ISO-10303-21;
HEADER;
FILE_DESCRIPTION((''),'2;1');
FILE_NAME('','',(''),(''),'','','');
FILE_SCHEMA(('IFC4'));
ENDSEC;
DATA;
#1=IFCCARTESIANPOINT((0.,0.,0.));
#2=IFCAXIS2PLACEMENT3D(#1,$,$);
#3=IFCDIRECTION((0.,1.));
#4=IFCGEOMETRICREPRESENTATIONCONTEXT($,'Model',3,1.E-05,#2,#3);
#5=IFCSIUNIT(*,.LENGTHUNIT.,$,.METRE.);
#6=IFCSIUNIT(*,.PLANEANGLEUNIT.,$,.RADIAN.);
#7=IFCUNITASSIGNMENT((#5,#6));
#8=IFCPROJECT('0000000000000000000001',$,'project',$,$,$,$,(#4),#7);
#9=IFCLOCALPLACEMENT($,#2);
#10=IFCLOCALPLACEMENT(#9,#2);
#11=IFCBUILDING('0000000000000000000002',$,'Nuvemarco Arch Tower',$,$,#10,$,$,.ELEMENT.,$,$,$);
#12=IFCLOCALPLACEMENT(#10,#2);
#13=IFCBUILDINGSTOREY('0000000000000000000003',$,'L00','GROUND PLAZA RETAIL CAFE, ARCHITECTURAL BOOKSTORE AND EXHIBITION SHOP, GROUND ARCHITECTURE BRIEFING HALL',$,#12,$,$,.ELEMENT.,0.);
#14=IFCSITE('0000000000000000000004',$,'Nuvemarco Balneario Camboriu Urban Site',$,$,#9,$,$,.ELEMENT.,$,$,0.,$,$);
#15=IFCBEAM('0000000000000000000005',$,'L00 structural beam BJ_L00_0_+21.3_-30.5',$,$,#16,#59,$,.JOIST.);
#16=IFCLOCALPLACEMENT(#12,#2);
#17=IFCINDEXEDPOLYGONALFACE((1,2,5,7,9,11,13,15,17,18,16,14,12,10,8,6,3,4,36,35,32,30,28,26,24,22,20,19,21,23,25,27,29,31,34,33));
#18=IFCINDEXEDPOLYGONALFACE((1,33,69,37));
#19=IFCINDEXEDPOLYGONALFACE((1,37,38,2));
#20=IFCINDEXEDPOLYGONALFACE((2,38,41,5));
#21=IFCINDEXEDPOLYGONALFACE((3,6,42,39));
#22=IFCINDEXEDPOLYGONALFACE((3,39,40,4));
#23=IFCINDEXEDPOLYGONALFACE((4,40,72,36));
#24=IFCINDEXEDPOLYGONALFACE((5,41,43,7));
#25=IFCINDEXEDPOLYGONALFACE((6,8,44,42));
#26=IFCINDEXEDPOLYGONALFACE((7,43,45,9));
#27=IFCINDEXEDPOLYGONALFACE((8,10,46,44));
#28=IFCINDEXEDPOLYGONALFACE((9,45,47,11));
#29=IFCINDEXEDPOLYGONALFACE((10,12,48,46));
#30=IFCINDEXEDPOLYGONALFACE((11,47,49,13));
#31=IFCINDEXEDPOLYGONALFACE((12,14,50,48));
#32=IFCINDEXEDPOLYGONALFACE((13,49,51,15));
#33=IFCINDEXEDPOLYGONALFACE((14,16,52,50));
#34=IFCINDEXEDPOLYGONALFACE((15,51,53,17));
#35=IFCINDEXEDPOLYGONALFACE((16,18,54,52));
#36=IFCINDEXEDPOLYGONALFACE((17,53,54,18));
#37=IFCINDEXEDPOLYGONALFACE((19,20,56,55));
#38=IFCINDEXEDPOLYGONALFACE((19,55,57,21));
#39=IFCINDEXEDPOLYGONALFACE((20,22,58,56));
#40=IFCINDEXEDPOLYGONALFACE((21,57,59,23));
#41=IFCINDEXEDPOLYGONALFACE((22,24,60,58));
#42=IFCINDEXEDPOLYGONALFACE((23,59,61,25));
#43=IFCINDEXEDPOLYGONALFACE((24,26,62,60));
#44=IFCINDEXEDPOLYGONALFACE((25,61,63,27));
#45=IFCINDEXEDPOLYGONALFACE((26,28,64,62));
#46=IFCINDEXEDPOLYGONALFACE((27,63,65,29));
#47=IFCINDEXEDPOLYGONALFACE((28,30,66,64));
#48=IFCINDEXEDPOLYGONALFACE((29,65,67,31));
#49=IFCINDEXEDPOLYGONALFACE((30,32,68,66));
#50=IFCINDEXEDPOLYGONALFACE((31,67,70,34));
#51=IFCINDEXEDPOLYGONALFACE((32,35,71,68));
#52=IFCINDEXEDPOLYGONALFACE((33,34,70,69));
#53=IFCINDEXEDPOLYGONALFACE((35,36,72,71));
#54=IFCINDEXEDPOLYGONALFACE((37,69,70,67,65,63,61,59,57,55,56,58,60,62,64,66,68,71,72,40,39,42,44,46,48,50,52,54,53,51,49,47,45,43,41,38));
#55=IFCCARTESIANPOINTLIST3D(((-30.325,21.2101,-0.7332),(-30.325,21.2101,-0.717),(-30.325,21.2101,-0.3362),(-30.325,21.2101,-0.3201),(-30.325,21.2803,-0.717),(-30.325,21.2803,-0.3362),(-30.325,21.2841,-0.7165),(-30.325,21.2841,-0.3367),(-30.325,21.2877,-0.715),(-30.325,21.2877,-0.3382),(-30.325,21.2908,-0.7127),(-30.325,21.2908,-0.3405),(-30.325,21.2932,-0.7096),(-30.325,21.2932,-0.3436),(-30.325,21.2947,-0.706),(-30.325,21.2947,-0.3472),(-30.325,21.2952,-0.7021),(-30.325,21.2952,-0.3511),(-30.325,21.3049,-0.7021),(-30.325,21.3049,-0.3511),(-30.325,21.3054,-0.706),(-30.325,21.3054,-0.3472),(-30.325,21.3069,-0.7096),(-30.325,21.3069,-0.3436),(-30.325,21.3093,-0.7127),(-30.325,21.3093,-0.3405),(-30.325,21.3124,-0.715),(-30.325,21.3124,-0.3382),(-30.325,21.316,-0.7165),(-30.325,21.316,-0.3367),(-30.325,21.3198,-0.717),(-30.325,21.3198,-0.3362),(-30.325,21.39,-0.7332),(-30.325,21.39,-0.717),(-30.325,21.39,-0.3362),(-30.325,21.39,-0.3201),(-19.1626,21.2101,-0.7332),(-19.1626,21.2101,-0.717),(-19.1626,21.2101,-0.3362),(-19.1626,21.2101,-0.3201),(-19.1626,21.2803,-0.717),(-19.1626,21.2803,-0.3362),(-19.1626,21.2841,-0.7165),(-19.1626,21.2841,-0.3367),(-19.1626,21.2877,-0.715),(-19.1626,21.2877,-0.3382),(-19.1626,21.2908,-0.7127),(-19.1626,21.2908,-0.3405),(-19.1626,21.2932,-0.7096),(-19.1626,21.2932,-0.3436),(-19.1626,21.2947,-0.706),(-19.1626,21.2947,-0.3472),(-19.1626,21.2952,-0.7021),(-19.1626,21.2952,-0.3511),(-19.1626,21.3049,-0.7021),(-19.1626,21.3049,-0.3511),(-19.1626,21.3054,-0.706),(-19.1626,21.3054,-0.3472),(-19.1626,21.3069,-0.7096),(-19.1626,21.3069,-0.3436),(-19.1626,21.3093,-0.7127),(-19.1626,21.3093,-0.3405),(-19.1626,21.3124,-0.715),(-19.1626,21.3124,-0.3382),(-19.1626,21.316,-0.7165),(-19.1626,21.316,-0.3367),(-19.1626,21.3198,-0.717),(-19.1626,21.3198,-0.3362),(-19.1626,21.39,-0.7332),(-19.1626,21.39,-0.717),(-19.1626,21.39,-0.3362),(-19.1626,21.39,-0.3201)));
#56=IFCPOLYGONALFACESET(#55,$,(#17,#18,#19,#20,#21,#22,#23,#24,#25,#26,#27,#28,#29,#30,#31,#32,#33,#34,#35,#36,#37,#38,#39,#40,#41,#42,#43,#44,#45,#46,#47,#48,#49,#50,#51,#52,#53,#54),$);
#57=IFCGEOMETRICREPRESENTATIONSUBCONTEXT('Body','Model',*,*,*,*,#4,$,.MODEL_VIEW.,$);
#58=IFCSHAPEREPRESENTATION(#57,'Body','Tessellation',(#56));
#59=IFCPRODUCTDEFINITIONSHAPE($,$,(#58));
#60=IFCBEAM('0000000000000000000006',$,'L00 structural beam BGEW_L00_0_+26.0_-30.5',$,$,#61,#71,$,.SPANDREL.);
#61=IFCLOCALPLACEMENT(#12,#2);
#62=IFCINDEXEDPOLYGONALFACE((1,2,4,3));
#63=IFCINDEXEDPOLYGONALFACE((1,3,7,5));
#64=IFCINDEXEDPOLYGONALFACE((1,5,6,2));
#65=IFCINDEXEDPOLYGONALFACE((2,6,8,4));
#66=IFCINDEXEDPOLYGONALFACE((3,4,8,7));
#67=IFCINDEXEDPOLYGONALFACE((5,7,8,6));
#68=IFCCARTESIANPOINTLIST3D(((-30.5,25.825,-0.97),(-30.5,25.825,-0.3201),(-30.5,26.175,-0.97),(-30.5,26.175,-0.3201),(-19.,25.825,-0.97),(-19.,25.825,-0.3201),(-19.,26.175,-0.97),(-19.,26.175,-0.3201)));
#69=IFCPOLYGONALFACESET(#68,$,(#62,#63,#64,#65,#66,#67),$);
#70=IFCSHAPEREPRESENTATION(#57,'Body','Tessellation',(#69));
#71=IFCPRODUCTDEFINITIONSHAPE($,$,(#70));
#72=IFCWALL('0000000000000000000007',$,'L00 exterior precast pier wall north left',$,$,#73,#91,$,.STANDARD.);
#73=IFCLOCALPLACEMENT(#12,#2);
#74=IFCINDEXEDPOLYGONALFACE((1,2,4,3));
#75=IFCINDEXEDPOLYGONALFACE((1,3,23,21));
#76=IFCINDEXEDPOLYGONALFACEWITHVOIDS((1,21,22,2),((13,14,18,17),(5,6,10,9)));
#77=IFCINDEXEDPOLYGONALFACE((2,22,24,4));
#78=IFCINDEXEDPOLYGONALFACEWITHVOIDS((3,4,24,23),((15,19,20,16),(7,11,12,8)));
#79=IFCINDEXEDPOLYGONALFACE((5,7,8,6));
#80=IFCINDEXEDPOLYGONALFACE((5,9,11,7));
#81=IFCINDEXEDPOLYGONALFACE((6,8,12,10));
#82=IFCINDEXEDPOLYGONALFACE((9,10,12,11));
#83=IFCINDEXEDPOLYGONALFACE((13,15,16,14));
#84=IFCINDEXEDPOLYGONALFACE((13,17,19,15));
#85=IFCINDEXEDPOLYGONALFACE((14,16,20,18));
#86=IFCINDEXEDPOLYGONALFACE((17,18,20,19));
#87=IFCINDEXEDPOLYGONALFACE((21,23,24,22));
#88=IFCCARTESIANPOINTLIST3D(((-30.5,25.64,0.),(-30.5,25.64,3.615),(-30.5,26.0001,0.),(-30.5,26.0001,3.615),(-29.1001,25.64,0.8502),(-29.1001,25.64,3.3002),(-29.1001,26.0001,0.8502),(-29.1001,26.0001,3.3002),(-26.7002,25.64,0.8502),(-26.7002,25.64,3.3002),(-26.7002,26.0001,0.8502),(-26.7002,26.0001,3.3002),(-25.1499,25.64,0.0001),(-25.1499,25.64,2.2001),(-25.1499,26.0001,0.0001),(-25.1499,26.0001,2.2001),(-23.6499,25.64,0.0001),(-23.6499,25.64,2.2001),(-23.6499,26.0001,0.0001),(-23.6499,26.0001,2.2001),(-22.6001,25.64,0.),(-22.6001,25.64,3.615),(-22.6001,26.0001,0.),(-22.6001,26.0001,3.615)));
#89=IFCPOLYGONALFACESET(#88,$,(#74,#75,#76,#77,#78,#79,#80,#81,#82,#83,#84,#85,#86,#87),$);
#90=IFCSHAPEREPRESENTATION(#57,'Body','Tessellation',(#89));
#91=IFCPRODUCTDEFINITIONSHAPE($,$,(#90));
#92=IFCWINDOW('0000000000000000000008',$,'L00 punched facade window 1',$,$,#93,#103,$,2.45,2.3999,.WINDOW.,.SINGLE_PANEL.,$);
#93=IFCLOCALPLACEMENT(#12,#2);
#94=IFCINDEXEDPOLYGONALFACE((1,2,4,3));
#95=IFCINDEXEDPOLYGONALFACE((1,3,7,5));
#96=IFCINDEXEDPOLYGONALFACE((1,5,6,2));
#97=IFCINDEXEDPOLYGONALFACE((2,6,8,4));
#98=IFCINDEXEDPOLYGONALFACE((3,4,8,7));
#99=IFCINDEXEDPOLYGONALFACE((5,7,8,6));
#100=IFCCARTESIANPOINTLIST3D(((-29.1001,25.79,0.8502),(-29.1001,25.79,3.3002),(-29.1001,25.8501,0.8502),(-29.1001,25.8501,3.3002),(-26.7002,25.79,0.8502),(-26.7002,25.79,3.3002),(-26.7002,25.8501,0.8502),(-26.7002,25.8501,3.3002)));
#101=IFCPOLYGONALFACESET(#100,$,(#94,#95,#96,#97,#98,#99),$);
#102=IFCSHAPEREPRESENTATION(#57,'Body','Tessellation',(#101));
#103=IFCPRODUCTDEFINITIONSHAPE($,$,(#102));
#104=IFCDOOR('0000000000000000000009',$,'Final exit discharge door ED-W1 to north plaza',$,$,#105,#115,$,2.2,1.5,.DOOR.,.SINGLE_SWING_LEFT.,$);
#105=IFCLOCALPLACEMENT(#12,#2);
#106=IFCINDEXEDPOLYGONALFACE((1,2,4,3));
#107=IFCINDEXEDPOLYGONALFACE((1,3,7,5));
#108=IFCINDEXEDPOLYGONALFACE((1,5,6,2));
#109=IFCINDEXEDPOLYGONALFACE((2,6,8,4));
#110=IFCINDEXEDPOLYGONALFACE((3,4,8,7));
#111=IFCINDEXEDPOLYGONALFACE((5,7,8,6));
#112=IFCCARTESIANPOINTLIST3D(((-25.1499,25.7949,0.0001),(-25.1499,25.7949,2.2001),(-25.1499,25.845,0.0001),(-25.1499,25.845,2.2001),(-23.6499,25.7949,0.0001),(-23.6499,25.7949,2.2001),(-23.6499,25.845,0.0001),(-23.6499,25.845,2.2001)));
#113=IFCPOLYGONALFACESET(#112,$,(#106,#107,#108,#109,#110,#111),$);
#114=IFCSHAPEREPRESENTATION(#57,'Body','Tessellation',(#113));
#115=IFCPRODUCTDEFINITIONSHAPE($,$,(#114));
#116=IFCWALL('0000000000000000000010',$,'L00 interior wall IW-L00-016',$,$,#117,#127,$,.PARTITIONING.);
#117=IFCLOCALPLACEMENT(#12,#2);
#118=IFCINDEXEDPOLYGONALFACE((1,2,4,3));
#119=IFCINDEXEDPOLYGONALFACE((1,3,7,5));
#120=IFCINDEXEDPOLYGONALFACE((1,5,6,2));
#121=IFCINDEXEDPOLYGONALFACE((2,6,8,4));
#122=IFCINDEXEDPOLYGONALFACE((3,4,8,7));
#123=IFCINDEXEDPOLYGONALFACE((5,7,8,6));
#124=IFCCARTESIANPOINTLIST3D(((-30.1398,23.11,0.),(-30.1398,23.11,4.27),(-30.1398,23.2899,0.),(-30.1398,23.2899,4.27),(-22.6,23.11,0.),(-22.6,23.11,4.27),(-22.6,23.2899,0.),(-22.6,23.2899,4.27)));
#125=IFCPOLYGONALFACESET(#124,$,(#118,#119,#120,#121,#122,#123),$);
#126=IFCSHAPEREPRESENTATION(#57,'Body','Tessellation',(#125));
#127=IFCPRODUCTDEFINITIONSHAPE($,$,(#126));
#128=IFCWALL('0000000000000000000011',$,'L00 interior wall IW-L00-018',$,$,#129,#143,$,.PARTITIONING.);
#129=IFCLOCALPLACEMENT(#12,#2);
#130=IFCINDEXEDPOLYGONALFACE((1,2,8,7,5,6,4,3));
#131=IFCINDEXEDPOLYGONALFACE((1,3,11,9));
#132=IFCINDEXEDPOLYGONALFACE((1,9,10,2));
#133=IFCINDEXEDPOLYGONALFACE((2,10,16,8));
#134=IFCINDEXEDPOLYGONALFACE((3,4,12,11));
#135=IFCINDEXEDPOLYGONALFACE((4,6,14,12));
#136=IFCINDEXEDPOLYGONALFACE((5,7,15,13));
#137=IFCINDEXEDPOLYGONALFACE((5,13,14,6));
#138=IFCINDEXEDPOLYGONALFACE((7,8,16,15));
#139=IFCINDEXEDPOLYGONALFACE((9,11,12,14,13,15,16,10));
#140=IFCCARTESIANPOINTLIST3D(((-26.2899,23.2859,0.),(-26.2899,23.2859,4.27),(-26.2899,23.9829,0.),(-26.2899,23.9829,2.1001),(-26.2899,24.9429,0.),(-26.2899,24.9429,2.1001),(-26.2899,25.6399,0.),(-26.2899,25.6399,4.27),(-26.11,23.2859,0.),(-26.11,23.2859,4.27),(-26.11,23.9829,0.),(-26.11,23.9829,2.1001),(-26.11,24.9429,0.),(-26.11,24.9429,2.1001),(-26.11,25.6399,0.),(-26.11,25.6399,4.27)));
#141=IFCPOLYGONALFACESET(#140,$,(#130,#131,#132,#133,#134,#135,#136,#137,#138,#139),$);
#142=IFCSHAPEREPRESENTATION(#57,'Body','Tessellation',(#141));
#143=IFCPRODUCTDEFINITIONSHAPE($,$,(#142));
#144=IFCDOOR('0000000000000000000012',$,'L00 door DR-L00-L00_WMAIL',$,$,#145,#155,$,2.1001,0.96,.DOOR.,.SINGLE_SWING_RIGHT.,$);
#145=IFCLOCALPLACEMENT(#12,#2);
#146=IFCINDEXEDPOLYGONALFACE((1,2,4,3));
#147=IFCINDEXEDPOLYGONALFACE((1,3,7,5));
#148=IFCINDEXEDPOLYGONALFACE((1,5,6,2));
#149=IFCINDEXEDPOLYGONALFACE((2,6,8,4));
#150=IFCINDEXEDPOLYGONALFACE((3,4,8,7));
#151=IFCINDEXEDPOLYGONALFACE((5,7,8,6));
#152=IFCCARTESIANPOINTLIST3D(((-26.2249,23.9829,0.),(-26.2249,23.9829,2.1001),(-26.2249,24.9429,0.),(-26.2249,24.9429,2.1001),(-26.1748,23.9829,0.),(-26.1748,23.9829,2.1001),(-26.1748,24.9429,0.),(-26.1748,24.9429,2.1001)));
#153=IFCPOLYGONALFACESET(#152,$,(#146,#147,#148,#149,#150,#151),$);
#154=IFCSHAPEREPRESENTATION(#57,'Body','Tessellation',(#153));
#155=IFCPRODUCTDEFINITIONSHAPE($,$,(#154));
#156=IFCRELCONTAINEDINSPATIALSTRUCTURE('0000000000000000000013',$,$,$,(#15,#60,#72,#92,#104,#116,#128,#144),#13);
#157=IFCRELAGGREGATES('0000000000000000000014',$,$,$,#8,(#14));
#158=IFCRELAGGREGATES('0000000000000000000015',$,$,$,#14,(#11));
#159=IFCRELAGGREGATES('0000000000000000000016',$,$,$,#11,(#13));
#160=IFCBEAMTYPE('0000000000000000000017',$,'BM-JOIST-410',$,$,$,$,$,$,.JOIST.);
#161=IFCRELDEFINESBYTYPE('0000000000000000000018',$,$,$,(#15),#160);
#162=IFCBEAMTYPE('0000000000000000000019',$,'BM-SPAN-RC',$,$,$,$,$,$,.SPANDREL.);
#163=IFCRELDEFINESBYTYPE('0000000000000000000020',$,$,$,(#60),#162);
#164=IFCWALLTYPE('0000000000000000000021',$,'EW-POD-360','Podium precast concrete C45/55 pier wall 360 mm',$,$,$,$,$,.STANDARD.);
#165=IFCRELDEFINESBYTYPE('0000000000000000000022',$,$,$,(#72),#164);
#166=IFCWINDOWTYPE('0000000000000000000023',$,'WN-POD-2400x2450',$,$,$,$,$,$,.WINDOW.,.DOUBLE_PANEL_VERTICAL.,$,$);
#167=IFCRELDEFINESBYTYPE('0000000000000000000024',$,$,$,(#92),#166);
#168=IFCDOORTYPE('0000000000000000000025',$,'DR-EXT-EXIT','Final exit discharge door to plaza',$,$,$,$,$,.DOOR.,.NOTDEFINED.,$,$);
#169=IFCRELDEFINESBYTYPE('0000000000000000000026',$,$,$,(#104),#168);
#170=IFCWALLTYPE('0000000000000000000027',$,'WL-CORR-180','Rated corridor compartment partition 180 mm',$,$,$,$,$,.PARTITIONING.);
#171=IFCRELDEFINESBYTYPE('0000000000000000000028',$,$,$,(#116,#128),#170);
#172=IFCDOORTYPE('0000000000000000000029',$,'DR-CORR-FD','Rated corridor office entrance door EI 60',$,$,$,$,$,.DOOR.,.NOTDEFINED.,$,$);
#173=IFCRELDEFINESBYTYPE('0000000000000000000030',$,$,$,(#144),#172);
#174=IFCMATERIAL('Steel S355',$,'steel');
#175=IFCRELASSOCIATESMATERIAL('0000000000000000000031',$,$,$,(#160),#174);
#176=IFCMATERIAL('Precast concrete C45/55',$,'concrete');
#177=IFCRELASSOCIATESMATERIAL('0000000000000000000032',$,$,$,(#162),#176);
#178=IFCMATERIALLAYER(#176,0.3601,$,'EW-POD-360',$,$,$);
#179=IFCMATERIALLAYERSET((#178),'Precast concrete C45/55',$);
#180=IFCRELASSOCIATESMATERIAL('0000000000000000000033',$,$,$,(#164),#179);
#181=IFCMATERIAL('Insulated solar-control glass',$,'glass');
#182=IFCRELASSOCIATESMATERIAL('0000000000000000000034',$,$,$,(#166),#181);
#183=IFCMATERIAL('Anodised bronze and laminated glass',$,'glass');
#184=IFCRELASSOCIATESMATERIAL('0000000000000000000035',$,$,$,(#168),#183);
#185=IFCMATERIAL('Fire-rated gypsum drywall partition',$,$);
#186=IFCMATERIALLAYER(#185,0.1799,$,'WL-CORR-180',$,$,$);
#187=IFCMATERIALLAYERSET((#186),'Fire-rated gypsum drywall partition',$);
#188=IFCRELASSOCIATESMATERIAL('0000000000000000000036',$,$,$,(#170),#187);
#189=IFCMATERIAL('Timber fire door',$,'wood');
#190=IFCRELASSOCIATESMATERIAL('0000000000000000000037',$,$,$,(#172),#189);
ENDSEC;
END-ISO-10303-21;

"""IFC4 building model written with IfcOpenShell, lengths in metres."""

from ifc_helpers import new_model, si_unit, direction, frame, frame_2d, origin, origin_2d, place, context, subcontext, project, spatial, rectangle, i_section, extrude, source, transform, mapped, material, layer, layer_set, material_profile, profile_set, type_object, type_shapes, element, fill, save


model = new_model("IFC4")

# Units and contexts
model_context = context("Model", 3, precision=1e-05, world=origin(), true_north=direction((0.0, 1.0)))
body_context = subcontext(model_context, "Body", "Model", "MODEL_VIEW")
ifc_project = project(units=[si_unit("LENGTHUNIT", "METRE"), si_unit("PLANEANGLEUNIT", "RADIAN")], contexts=[model_context])

# Site, building, storey
site_placement = place(None, origin())
site = spatial("IfcSite", under=ifc_project, at=site_placement, Name="Nuvemarco Balneario Camboriu Urban Site", CompositionType="ELEMENT", RefElevation=0.0)
building_placement = place(site_placement, origin())
building = spatial("IfcBuilding", under=site, at=building_placement, Name="Nuvemarco Arch Tower", CompositionType="ELEMENT")
storey_placement = place(building_placement, origin())
storey = spatial("IfcBuildingStorey", under=building, at=storey_placement, Name="L00", Description="GROUND PLAZA RETAIL CAFE, ARCHITECTURAL BOOKSTORE AND EXHIBITION SHOP, GROUND ARCHITECTURE BRIEFING HALL", CompositionType="ELEMENT", Elevation=0.0)

# Beams
ifc_material_1 = material(Name="Steel S355", Category="steel")
ifc_material_profile_1 = material_profile(ifc_material_1, i_section(OverallWidth=0.1799, OverallDepth=0.4131, WebThickness=0.0098, FlangeThickness=0.0161, FilletRadius=0.0149, at=origin_2d()), Name="W410x75")
ifc_profile_set_1 = profile_set([ifc_material_profile_1], Name="Steel S355")
beam_type_1 = type_object("IfcBeamType", Name="BM-JOIST-410", PredefinedType="JOIST", material=ifc_profile_set_1)
beam_1_placement = place(storey_placement, frame((-30.325, 21.3, -0.5266), z_axis=(1.0, 0.0, 0.0), x_axis=(0.0, 1.0, 0.0)))
element("IfcBeam", 1, at=beam_1_placement, inside=storey, type_object=beam_type_1, Name="L00 structural beam BJ_L00_0_+21.3_-30.5", PredefinedType="JOIST", context=body_context, shape_type="SweptSolid", body=[
    extrude(i_section(OverallWidth=0.1799, OverallDepth=0.4131, WebThickness=0.0098, FlangeThickness=0.0161, FilletRadius=0.0149, at=origin_2d()), origin(), (0.0, 0.0, 1.0), 11.1624),
])
ifc_material_2 = material(Name="Precast concrete C45/55", Category="concrete")
ifc_material_profile_2 = material_profile(ifc_material_2, rectangle(XDim=0.3501, YDim=0.6499, at=origin_2d()), Name="PC-SP-350x650")
ifc_profile_set_2 = profile_set([ifc_material_profile_2], Name="Precast concrete C45/55")
beam_type_2 = type_object("IfcBeamType", Name="BM-SPAN-RC", PredefinedType="SPANDREL", material=ifc_profile_set_2)
beam_2_placement = place(storey_placement, frame((-30.5, 26.0, -0.645), z_axis=(1.0, 0.0, 0.0), x_axis=(0.0, 1.0, 0.0)))
element("IfcBeam", 2, at=beam_2_placement, inside=storey, type_object=beam_type_2, Name="L00 structural beam BGEW_L00_0_+26.0_-30.5", PredefinedType="SPANDREL", context=body_context, shape_type="SweptSolid", body=[
    extrude(rectangle(XDim=0.3501, YDim=0.6499, at=origin_2d()), origin(), (0.0, 0.0, 1.0), 11.5),
])

# Shared definitions
ifc_material_3 = material(Name="Insulated solar-control glass", Category="glass")

# Wall, openings, window, door
ifc_layer_1 = layer(ifc_material_2, 0.3601, Name="EW-POD-360")
ifc_layer_set_1 = layer_set([ifc_layer_1], Name="Precast concrete C45/55")
wall_type_1 = type_object("IfcWallType", Name="EW-POD-360", Description="Podium precast concrete C45/55 pier wall 360 mm", PredefinedType="STANDARD", material=ifc_layer_set_1)
wall_1_placement = place(storey_placement, frame((-30.5, 25.8201, 0.0), z_axis=(0.0, 0.0, 1.0), x_axis=(1.0, 0.0, 0.0)))
wall_1 = element("IfcWall", 3, at=wall_1_placement, inside=storey, type_object=wall_type_1, Name="L00 exterior precast pier wall north left", PredefinedType="STANDARD", context=body_context, shape_type="SweptSolid", body=[
    extrude(rectangle(XDim=7.8999, YDim=0.3601, at=frame_2d((3.95, 0.0))), origin(), (0.0, 0.0, 1.0), 3.615),
])
opening_1_placement = place(wall_1_placement, frame((5.3501, 0.0, 0.0)))
opening_1 = element("IfcOpeningElement", 4, at=opening_1_placement, cuts=wall_1, PredefinedType="OPENING", context=body_context, shape_type="SweptSolid", body=[
    extrude(rectangle(XDim=1.5, YDim=2.2, at=frame_2d((0.75, 1.1001))), frame((0.0, 0.1899, 0.0), z_axis=(0.0, -1.0, 0.0), x_axis=(1.0, 0.0, 0.0)), (0.0, 0.0, 1.0), 0.3801),
])
opening_2_placement = place(wall_1_placement, frame((1.3999, 0.0, 0.8501)))
opening_2 = element("IfcOpeningElement", 5, at=opening_2_placement, cuts=wall_1, PredefinedType="OPENING", context=body_context, shape_type="SweptSolid", body=[
    extrude(rectangle(XDim=2.3999, YDim=2.45, at=frame_2d((1.2, 1.2251))), frame((0.0, 0.1899, 0.0), z_axis=(0.0, -1.0, 0.0), x_axis=(1.0, 0.0, 0.0)), (0.0, 0.0, 1.0), 0.3801),
])
window_type = type_object("IfcWindowType", Name="WN-POD-2400x2450", PartitioningType="DOUBLE_PANEL_VERTICAL", PredefinedType="WINDOW", material=ifc_material_3)
shared_shape_1 = source(origin(), body_context, "Body", "SweptSolid", [
    extrude(rectangle(XDim=2.3999, YDim=2.45, at=frame_2d((1.2, 1.2251))), frame((0.0, 0.03, 0.0), z_axis=(0.0, -1.0, 0.0), x_axis=(1.0, 0.0, 0.0)), (0.0, 0.0, 1.0), 0.0601),
])
type_shapes(window_type, [shared_shape_1])
window_placement = place(opening_2_placement, origin())
window = element("IfcWindow", 6, at=window_placement, inside=storey, type_object=window_type, Name="L00 punched facade window 1", OverallHeight=2.45, OverallWidth=2.3999, PartitioningType="SINGLE_PANEL", PredefinedType="WINDOW", context=body_context, shape_type="MappedRepresentation", body=[
    mapped(shared_shape_1, transform((0.0, 0.0, 0.0), scale=1.0)),
])
fill(opening_2, window)
ifc_material_4 = material(Name="Anodised bronze and laminated glass", Category="glass")
door_type_1 = type_object("IfcDoorType", Name="DR-EXT-EXIT", Description="Final exit discharge door to plaza", OperationType="NOTDEFINED", PredefinedType="DOOR", material=ifc_material_4)
shared_shape_2 = source(origin(), body_context, "Body", "SweptSolid", [
    extrude(rectangle(XDim=1.5, YDim=2.2, at=frame_2d((0.75, 1.1001))), frame((0.0, 0.0249, 0.0), z_axis=(0.0, -1.0, 0.0), x_axis=(1.0, 0.0, 0.0)), (0.0, 0.0, 1.0), 0.05),
])
type_shapes(door_type_1, [shared_shape_2])
door_1_placement = place(opening_1_placement, origin())
door_1 = element("IfcDoor", 7, at=door_1_placement, inside=storey, type_object=door_type_1, Name="Final exit discharge door ED-W1 to north plaza", OperationType="SINGLE_SWING_LEFT", OverallHeight=2.2, OverallWidth=1.5, PredefinedType="DOOR", context=body_context, shape_type="MappedRepresentation", body=[
    mapped(shared_shape_2, transform((0.0, 0.0, 0.0), scale=1.0)),
])
fill(opening_1, door_1)

# Wall
ifc_material_5 = material(Name="Fire-rated gypsum drywall partition")
ifc_layer_2 = layer(ifc_material_5, 0.1799, Name="WL-CORR-180")
ifc_layer_set_2 = layer_set([ifc_layer_2], Name="Fire-rated gypsum drywall partition")
wall_type_2 = type_object("IfcWallType", Name="WL-CORR-180", Description="Rated corridor compartment partition 180 mm", PredefinedType="PARTITIONING", material=ifc_layer_set_2)
wall_2_placement = place(storey_placement, frame((-30.1399, 23.2, 0.0), z_axis=(0.0, 0.0, 1.0), x_axis=(1.0, 0.0, 0.0)))
element("IfcWall", 8, at=wall_2_placement, inside=storey, type_object=wall_type_2, Name="L00 interior wall IW-L00-016", PredefinedType="PARTITIONING", context=body_context, shape_type="SweptSolid", body=[
    extrude(rectangle(XDim=7.5398, YDim=0.1799, at=frame_2d((3.77, 0.0))), origin(), (0.0, 0.0, 1.0), 4.27),
])

# Wall, opening, door
wall_3_placement = place(storey_placement, frame((-26.2, 23.2859, 0.0), z_axis=(0.0, 0.0, 1.0), x_axis=(0.0, 1.0, 0.0)))
wall_3 = element("IfcWall", 9, at=wall_3_placement, inside=storey, type_object=wall_type_2, Name="L00 interior wall IW-L00-018", PredefinedType="PARTITIONING", context=body_context, shape_type="SweptSolid", body=[
    extrude(rectangle(XDim=2.354, YDim=0.1799, at=frame_2d((1.177, 0.0))), origin(), (0.0, 0.0, 1.0), 4.27),
])
opening_3_placement = place(wall_3_placement, frame((0.697, 0.0, 0.0)))
opening_3 = element("IfcOpeningElement", 10, at=opening_3_placement, cuts=wall_3, PredefinedType="OPENING", context=body_context, shape_type="SweptSolid", body=[
    extrude(rectangle(XDim=0.96, YDim=2.1001, at=frame_2d((0.48, 1.05))), frame((0.0, 0.0999, 0.0), z_axis=(0.0, -1.0, 0.0), x_axis=(1.0, 0.0, 0.0)), (0.0, 0.0, 1.0), 0.2),
])
ifc_material_6 = material(Name="Timber fire door", Category="wood")
door_type_2 = type_object("IfcDoorType", Name="DR-CORR-FD", Description="Rated corridor office entrance door EI 60", OperationType="NOTDEFINED", PredefinedType="DOOR", material=ifc_material_6)
shared_shape_3 = source(origin(), body_context, "Body", "SweptSolid", [
    extrude(rectangle(XDim=0.96, YDim=2.1001, at=frame_2d((0.48, 1.05))), frame((0.0, 0.0249, 0.0), z_axis=(0.0, -1.0, 0.0), x_axis=(1.0, 0.0, 0.0)), (0.0, 0.0, 1.0), 0.05),
])
type_shapes(door_type_2, [shared_shape_3])
door_2_placement = place(opening_3_placement, origin())
door_2 = element("IfcDoor", 11, at=door_2_placement, inside=storey, type_object=door_type_2, Name="L00 door DR-L00-L00_WMAIL", OperationType="SINGLE_SWING_RIGHT", OverallHeight=2.1001, OverallWidth=0.96, PredefinedType="DOOR", context=body_context, shape_type="MappedRepresentation", body=[
    mapped(shared_shape_3, transform((0.0, 0.0, 0.0), scale=1.0)),
])
fill(opening_3, door_2)

save(model, "model.ifc")
